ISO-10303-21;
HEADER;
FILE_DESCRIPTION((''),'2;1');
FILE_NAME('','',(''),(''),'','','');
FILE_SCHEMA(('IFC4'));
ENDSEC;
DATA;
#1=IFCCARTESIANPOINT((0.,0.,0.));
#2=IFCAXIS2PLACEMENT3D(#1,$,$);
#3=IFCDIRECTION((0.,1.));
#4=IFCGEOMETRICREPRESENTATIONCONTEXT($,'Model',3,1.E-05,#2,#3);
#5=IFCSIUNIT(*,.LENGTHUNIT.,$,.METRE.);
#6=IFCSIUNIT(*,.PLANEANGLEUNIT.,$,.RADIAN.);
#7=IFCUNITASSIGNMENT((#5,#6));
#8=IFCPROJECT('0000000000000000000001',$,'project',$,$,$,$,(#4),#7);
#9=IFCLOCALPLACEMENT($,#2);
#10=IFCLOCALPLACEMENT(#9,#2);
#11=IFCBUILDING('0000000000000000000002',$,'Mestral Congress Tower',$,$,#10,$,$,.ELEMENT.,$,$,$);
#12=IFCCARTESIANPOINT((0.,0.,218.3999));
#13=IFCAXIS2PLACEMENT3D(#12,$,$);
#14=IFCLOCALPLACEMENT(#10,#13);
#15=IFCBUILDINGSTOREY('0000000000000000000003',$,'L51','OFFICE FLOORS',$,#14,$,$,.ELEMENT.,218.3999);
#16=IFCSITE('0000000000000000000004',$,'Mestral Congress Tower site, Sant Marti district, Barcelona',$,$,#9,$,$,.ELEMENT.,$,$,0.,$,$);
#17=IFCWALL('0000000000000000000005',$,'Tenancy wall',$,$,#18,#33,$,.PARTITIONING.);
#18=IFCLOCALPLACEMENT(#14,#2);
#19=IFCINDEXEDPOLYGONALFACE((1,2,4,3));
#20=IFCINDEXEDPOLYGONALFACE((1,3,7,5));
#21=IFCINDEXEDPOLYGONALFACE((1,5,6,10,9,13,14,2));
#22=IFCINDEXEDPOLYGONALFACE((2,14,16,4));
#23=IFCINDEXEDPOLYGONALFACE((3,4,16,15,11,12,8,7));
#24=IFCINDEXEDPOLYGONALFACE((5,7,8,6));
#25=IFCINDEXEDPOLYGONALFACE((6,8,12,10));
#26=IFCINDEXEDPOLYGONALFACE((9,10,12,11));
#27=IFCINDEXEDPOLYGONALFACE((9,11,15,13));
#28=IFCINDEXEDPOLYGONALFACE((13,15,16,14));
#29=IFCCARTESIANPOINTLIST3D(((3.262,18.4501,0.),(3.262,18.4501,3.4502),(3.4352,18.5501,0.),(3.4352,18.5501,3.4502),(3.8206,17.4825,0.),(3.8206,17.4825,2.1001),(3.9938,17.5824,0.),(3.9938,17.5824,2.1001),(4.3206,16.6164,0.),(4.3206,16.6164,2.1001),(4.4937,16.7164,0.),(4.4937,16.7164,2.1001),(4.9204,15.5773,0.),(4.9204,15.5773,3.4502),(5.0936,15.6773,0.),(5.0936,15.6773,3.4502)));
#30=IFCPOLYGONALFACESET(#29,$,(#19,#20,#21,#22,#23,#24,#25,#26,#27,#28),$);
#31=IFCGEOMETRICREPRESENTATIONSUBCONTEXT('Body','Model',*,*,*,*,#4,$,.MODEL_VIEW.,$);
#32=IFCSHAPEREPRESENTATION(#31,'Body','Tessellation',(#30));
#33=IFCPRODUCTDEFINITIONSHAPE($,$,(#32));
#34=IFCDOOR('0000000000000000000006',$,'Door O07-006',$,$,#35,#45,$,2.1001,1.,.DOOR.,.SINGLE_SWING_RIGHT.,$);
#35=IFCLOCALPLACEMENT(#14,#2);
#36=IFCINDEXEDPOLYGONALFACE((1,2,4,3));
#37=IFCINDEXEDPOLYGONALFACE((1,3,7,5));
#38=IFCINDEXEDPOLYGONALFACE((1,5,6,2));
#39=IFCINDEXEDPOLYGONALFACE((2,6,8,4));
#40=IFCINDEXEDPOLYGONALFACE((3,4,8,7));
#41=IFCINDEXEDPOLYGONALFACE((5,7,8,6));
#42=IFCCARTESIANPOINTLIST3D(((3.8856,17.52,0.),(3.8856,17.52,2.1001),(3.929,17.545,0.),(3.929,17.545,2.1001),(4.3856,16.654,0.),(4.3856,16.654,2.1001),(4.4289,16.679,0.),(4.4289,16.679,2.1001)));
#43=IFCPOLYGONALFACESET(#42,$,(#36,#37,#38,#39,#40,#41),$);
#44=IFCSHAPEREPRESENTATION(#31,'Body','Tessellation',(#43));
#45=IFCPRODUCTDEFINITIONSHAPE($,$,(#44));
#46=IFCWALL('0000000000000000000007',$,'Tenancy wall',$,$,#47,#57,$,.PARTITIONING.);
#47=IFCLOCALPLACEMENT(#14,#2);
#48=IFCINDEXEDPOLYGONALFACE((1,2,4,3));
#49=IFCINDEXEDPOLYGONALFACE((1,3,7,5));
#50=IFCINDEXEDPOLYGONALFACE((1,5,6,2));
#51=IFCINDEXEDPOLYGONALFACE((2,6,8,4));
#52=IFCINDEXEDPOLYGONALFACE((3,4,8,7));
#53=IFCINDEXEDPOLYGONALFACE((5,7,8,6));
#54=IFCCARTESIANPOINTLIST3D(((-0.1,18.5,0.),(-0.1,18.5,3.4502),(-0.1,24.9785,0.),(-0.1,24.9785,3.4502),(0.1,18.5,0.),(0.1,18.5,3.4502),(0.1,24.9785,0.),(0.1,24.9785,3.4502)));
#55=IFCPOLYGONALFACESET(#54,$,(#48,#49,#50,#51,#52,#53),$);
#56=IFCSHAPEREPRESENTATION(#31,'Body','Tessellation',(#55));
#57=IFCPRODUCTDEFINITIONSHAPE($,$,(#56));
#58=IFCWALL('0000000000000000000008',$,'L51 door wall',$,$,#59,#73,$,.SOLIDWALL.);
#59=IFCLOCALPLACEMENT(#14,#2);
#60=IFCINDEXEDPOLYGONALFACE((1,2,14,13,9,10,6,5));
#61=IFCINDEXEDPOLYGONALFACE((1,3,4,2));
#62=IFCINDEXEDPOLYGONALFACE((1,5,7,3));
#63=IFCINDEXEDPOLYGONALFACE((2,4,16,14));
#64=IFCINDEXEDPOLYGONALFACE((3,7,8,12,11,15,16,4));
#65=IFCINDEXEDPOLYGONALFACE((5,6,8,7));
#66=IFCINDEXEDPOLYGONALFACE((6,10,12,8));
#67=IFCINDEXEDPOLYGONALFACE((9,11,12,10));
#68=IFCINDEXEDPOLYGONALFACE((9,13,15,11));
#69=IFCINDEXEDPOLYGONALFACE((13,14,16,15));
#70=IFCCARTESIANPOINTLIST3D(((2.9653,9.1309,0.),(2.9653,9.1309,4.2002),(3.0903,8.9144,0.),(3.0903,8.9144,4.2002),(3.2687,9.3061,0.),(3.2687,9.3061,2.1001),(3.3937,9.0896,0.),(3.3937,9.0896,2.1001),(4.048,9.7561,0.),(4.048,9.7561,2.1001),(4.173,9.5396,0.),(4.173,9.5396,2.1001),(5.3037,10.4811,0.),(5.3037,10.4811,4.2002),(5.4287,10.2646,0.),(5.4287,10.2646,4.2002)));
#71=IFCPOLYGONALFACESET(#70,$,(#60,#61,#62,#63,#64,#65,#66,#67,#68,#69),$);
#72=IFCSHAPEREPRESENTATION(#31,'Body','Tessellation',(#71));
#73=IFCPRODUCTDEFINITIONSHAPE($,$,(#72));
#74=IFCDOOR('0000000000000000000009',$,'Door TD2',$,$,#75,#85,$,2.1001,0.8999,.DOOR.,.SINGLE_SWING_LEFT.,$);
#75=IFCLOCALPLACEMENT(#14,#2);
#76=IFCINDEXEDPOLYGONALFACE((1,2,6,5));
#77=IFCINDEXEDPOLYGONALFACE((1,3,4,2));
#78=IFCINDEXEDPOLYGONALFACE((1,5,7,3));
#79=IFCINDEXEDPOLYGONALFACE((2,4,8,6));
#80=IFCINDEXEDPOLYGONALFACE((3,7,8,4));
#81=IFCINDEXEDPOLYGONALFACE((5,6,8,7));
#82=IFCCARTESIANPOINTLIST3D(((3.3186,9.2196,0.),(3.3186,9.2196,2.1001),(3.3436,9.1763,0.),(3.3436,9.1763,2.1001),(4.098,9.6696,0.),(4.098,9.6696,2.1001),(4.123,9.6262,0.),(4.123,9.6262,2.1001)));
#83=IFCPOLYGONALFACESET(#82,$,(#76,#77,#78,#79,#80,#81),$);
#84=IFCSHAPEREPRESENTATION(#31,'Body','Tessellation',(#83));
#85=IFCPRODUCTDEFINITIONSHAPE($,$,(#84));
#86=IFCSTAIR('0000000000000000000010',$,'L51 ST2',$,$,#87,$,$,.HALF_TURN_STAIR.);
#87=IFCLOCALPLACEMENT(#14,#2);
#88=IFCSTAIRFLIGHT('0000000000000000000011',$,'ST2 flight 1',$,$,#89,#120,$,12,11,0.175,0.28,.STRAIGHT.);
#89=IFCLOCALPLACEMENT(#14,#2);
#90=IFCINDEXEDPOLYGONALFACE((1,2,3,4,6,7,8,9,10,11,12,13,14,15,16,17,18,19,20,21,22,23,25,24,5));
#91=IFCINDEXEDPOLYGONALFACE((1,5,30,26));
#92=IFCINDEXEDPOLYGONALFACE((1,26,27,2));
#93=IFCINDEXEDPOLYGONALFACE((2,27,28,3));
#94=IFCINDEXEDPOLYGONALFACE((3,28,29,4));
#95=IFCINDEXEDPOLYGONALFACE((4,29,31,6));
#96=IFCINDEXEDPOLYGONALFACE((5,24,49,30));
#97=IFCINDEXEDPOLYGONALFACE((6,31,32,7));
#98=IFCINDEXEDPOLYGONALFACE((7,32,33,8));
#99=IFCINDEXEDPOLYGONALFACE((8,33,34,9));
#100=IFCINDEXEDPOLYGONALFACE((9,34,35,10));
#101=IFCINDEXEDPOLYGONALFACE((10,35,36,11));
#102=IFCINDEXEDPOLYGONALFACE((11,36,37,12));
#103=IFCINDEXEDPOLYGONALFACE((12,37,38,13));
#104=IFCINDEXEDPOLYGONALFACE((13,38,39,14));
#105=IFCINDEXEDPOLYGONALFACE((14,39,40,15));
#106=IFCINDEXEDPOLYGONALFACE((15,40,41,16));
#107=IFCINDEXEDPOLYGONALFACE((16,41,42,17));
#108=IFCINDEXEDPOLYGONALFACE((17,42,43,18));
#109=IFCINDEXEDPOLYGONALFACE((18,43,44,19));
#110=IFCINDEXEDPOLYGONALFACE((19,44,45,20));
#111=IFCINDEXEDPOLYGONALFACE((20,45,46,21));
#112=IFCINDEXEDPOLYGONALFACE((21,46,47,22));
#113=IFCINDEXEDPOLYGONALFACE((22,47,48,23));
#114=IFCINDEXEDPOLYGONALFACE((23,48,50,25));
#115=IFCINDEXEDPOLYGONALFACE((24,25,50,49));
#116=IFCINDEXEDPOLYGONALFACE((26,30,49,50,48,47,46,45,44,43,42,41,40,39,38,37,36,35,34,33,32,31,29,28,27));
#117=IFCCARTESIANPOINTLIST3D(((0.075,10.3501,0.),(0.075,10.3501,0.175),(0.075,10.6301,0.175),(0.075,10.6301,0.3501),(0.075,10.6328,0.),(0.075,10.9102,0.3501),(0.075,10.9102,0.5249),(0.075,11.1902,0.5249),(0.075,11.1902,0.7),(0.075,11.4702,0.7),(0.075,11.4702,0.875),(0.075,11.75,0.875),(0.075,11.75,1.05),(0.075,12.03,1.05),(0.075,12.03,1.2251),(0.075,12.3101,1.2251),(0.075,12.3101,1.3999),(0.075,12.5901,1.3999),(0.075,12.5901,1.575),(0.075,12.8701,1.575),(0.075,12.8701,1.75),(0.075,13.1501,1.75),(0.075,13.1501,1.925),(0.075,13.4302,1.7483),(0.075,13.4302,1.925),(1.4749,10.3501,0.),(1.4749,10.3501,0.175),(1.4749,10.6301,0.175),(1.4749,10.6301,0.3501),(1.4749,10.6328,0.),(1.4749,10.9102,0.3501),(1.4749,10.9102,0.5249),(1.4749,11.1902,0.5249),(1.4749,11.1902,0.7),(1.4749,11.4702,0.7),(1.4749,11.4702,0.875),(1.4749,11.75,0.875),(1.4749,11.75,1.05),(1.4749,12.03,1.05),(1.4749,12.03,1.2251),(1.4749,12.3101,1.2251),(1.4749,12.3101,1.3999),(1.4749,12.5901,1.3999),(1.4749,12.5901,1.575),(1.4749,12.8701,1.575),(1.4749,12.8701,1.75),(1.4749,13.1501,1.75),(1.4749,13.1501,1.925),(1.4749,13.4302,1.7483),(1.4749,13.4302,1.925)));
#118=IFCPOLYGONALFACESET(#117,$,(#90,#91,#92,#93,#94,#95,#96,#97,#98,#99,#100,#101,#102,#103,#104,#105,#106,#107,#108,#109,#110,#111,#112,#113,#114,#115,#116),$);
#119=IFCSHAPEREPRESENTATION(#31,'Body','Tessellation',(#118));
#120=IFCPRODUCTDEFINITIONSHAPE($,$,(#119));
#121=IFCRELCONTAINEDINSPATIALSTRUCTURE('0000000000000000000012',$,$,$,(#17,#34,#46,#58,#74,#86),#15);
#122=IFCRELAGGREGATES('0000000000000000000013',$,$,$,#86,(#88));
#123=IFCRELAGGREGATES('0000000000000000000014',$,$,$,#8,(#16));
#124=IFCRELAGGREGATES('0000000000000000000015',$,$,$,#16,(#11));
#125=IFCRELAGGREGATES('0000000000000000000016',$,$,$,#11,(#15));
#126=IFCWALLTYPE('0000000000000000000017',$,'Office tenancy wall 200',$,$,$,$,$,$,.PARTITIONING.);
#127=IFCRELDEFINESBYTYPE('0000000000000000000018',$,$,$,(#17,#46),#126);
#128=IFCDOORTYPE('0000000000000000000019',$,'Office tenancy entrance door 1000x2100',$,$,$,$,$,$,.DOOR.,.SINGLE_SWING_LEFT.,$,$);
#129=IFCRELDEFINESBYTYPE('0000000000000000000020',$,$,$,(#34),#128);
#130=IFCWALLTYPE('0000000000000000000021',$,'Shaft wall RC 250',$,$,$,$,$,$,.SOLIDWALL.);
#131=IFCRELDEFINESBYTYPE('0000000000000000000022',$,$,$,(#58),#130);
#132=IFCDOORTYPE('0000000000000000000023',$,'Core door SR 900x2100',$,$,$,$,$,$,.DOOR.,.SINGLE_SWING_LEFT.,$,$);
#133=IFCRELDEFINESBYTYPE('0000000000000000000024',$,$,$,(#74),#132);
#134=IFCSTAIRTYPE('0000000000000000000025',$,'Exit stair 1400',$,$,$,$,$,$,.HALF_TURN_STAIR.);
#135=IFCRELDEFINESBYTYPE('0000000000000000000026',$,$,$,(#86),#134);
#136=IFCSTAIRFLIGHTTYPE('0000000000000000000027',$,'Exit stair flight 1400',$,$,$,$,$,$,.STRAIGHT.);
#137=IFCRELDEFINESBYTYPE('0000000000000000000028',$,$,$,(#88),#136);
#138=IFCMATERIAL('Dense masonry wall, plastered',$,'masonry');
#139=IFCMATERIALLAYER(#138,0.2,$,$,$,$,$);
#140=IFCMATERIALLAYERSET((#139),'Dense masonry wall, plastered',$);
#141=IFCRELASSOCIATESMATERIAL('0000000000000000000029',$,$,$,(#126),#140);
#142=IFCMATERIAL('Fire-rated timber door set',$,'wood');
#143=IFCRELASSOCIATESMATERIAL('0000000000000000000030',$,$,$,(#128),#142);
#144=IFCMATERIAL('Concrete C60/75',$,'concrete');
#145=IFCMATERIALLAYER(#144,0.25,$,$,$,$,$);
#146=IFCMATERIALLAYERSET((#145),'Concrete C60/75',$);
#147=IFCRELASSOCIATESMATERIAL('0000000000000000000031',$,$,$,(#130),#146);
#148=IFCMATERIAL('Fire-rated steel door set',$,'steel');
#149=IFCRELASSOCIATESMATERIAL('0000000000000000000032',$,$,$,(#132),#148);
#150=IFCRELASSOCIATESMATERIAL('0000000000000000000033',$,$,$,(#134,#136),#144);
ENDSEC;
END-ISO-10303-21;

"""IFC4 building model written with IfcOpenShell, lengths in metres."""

from ifc_helpers import new_model, si_unit, direction, frame, frame_2d, origin, place, context, subcontext, project, spatial, polyline, rectangle, outline, extrude, material, layer, layer_set, type_object, element, fill, aggregate, save


model = new_model("IFC4")

# Units and contexts
model_context = context("Model", 3, precision=1e-05, world=origin(), true_north=direction((0.0, 1.0)))
body_context = subcontext(model_context, "Body", "Model", "MODEL_VIEW")
ifc_project = project(units=[si_unit("LENGTHUNIT", "METRE"), si_unit("PLANEANGLEUNIT", "RADIAN")], contexts=[model_context])

# Site, building, storey
site_placement = place(None, origin())
site = spatial("IfcSite", under=ifc_project, at=site_placement, Name="Mestral Congress Tower site, Sant Marti district, Barcelona", CompositionType="ELEMENT", RefElevation=0.0)
building_placement = place(site_placement, origin())
building = spatial("IfcBuilding", under=site, at=building_placement, Name="Mestral Congress Tower", CompositionType="ELEMENT")
storey_placement = place(building_placement, frame((0.0, 0.0, 218.3999)))
storey = spatial("IfcBuildingStorey", under=building, at=storey_placement, Name="L51", Description="OFFICE FLOORS", CompositionType="ELEMENT", Elevation=218.3999)

# Shared definitions
ifc_material_1 = material(Name="Concrete C60/75", Category="concrete")

# Shared definitions
ifc_material_2 = material(Name="Dense masonry wall, plastered", Category="masonry")
ifc_layer_1 = layer(ifc_material_2, 0.2)
ifc_layer_set_1 = layer_set([ifc_layer_1], Name="Dense masonry wall, plastered")
wall_type_1 = type_object("IfcWallType", Name="Office tenancy wall 200", PredefinedType="PARTITIONING", material=ifc_layer_set_1)

# Wall, opening, door
wall_1_placement = place(storey_placement, frame((5.0071, 15.6272, 0.0), z_axis=(0.0, 0.0, 1.0), x_axis=(-0.499962, 0.866047, 0.0)))
wall_1 = element("IfcWall", 1, at=wall_1_placement, inside=storey, type_object=wall_type_1, Name="Tenancy wall", PredefinedType="PARTITIONING", context=body_context, shape_type="SweptSolid", body=[
    extrude(rectangle(XDim=3.3171, YDim=0.2, at=frame_2d((1.6587, 0.0))), origin(), (0.0, 0.0, 1.0), 3.4502),
])
opening_1_placement = place(wall_1_placement, frame((1.2, 0.0, 0.0)))
opening_1 = element("IfcOpeningElement", 2, at=opening_1_placement, cuts=wall_1, PredefinedType="OPENING", context=body_context, shape_type="SweptSolid", body=[
    extrude(rectangle(XDim=1.0, YDim=2.1001, at=frame_2d((0.5, 1.05))), frame((0.0, 0.1099, 0.0), z_axis=(0.0, -1.0, 0.0), x_axis=(1.0, 0.0, 0.0)), (0.0, 0.0, 1.0), 0.22),
])
ifc_material_3 = material(Name="Fire-rated timber door set", Category="wood")
door_type_1 = type_object("IfcDoorType", Name="Office tenancy entrance door 1000x2100", OperationType="SINGLE_SWING_LEFT", PredefinedType="DOOR", material=ifc_material_3)
door_1_placement = place(opening_1_placement, origin())
door_1 = element("IfcDoor", 3, at=door_1_placement, inside=storey, type_object=door_type_1, Name="Door O07-006", OperationType="SINGLE_SWING_RIGHT", OverallHeight=2.1001, OverallWidth=1.0, PredefinedType="DOOR", context=body_context, shape_type="SweptSolid", body=[
    extrude(rectangle(XDim=1.0, YDim=2.1001, at=frame_2d((0.5, 1.05))), frame((0.0, 0.0249, 0.0), z_axis=(0.0, -1.0, 0.0), x_axis=(1.0, 0.0, 0.0)), (0.0, 0.0, 1.0), 0.05),
])
fill(opening_1, door_1)

# Wall
wall_2_placement = place(storey_placement, frame((0.0, 18.5, 0.0), z_axis=(0.0, 0.0, 1.0), x_axis=(0.0, 1.0, 0.0)))
element("IfcWall", 4, at=wall_2_placement, inside=storey, type_object=wall_type_1, Name="Tenancy wall", PredefinedType="PARTITIONING", context=body_context, shape_type="SweptSolid", body=[
    extrude(rectangle(XDim=6.4785, YDim=0.2, at=frame_2d((3.2393, 0.0))), origin(), (0.0, 0.0, 1.0), 3.4502),
])

# Wall, opening, door
ifc_layer_2 = layer(ifc_material_1, 0.25)
ifc_layer_set_2 = layer_set([ifc_layer_2], Name="Concrete C60/75")
wall_type_2 = type_object("IfcWallType", Name="Shaft wall RC 250", PredefinedType="SOLIDWALL", material=ifc_layer_set_2)
wall_3_placement = place(storey_placement, frame((5.3662, 10.3728, 0.0), z_axis=(0.0, 0.0, 1.0), x_axis=(-0.86602, -0.500009, 0.0)))
wall_3 = element("IfcWall", 5, at=wall_3_placement, inside=storey, type_object=wall_type_2, Name="L51 door wall", PredefinedType="SOLIDWALL", context=body_context, shape_type="SweptSolid", body=[
    extrude(rectangle(XDim=2.7002, YDim=0.25, at=frame_2d((1.3501, 0.0))), origin(), (0.0, 0.0, 1.0), 4.2002),
])
opening_2_placement = place(wall_3_placement, frame((1.45, 0.0, 0.0)))
opening_2 = element("IfcOpeningElement", 6, at=opening_2_placement, cuts=wall_3, PredefinedType="OPENING", context=body_context, shape_type="SweptSolid", body=[
    extrude(rectangle(XDim=0.8999, YDim=2.1001, at=frame_2d((0.45, 1.05))), frame((0.0, 0.135, 0.0), z_axis=(0.0, -1.0, 0.0), x_axis=(1.0, 0.0, 0.0)), (0.0, 0.0, 1.0), 0.27),
])
ifc_material_4 = material(Name="Fire-rated steel door set", Category="steel")
door_type_2 = type_object("IfcDoorType", Name="Core door SR 900x2100", OperationType="SINGLE_SWING_LEFT", PredefinedType="DOOR", material=ifc_material_4)
door_2_placement = place(opening_2_placement, origin())
door_2 = element("IfcDoor", 7, at=door_2_placement, inside=storey, type_object=door_type_2, Name="Door TD2", OperationType="SINGLE_SWING_LEFT", OverallHeight=2.1001, OverallWidth=0.8999, PredefinedType="DOOR", context=body_context, shape_type="SweptSolid", body=[
    extrude(rectangle(XDim=0.8999, YDim=2.1001, at=frame_2d((0.45, 1.05))), frame((0.0, 0.0249, 0.0), z_axis=(0.0, -1.0, 0.0), x_axis=(1.0, 0.0, 0.0)), (0.0, 0.0, 1.0), 0.05),
])
fill(opening_2, door_2)

# Stair, stair flight
stair_type = type_object("IfcStairType", Name="Exit stair 1400", PredefinedType="HALF_TURN_STAIR", material=ifc_material_1)
stair_placement = place(storey_placement, origin())
stair = element("IfcStair", 8, at=stair_placement, inside=storey, type_object=stair_type, Name="L51 ST2", PredefinedType="HALF_TURN_STAIR")
stair_flight_type = type_object("IfcStairFlightType", Name="Exit stair flight 1400", PredefinedType="STRAIGHT", material=ifc_material_1)
stair_flight_placement = place(storey_placement, frame((0.7749, 10.3501, 0.0), z_axis=(0.0, 0.0, 1.0), x_axis=(0.0, 1.0, 0.0)))
stair_flight = element("IfcStairFlight", 9, at=stair_flight_placement, type_object=stair_flight_type, Name="ST2 flight 1", NumberOfRisers=12, NumberOfTreads=11, PredefinedType="STRAIGHT", RiserHeight=0.175, TreadLength=0.28, context=body_context, shape_type="SweptSolid", body=[
    extrude(outline(polyline([(0.0, 0.0), (0.0, 0.175), (0.28, 0.175), (0.28, 0.3501), (0.5601, 0.3501), (0.5601, 0.5249), (0.8401, 0.5249), (0.8401, 0.7), (1.1201, 0.7), (1.1201, 0.875), (1.3999, 0.875), (1.3999, 1.05), (1.6799, 1.05), (1.6799, 1.2251), (1.96, 1.2251), (1.96, 1.3999), (2.24, 1.3999), (2.24, 1.575), (2.52, 1.575), (2.52, 1.75), (2.8, 1.75), (2.8, 1.925), (3.0801, 1.925), (3.0801, 2.1001), (3.0801, 1.7483), (0.2827, 0.0), (0.0, 0.0)])), frame((0.0, 0.7, 0.0), z_axis=(0.0, -1.0, 0.0), x_axis=(1.0, 0.0, 0.0)), (0.0, 0.0, 1.0), 1.3999),
])
aggregate(stair, [stair_flight])

save(model, "model.ifc")
